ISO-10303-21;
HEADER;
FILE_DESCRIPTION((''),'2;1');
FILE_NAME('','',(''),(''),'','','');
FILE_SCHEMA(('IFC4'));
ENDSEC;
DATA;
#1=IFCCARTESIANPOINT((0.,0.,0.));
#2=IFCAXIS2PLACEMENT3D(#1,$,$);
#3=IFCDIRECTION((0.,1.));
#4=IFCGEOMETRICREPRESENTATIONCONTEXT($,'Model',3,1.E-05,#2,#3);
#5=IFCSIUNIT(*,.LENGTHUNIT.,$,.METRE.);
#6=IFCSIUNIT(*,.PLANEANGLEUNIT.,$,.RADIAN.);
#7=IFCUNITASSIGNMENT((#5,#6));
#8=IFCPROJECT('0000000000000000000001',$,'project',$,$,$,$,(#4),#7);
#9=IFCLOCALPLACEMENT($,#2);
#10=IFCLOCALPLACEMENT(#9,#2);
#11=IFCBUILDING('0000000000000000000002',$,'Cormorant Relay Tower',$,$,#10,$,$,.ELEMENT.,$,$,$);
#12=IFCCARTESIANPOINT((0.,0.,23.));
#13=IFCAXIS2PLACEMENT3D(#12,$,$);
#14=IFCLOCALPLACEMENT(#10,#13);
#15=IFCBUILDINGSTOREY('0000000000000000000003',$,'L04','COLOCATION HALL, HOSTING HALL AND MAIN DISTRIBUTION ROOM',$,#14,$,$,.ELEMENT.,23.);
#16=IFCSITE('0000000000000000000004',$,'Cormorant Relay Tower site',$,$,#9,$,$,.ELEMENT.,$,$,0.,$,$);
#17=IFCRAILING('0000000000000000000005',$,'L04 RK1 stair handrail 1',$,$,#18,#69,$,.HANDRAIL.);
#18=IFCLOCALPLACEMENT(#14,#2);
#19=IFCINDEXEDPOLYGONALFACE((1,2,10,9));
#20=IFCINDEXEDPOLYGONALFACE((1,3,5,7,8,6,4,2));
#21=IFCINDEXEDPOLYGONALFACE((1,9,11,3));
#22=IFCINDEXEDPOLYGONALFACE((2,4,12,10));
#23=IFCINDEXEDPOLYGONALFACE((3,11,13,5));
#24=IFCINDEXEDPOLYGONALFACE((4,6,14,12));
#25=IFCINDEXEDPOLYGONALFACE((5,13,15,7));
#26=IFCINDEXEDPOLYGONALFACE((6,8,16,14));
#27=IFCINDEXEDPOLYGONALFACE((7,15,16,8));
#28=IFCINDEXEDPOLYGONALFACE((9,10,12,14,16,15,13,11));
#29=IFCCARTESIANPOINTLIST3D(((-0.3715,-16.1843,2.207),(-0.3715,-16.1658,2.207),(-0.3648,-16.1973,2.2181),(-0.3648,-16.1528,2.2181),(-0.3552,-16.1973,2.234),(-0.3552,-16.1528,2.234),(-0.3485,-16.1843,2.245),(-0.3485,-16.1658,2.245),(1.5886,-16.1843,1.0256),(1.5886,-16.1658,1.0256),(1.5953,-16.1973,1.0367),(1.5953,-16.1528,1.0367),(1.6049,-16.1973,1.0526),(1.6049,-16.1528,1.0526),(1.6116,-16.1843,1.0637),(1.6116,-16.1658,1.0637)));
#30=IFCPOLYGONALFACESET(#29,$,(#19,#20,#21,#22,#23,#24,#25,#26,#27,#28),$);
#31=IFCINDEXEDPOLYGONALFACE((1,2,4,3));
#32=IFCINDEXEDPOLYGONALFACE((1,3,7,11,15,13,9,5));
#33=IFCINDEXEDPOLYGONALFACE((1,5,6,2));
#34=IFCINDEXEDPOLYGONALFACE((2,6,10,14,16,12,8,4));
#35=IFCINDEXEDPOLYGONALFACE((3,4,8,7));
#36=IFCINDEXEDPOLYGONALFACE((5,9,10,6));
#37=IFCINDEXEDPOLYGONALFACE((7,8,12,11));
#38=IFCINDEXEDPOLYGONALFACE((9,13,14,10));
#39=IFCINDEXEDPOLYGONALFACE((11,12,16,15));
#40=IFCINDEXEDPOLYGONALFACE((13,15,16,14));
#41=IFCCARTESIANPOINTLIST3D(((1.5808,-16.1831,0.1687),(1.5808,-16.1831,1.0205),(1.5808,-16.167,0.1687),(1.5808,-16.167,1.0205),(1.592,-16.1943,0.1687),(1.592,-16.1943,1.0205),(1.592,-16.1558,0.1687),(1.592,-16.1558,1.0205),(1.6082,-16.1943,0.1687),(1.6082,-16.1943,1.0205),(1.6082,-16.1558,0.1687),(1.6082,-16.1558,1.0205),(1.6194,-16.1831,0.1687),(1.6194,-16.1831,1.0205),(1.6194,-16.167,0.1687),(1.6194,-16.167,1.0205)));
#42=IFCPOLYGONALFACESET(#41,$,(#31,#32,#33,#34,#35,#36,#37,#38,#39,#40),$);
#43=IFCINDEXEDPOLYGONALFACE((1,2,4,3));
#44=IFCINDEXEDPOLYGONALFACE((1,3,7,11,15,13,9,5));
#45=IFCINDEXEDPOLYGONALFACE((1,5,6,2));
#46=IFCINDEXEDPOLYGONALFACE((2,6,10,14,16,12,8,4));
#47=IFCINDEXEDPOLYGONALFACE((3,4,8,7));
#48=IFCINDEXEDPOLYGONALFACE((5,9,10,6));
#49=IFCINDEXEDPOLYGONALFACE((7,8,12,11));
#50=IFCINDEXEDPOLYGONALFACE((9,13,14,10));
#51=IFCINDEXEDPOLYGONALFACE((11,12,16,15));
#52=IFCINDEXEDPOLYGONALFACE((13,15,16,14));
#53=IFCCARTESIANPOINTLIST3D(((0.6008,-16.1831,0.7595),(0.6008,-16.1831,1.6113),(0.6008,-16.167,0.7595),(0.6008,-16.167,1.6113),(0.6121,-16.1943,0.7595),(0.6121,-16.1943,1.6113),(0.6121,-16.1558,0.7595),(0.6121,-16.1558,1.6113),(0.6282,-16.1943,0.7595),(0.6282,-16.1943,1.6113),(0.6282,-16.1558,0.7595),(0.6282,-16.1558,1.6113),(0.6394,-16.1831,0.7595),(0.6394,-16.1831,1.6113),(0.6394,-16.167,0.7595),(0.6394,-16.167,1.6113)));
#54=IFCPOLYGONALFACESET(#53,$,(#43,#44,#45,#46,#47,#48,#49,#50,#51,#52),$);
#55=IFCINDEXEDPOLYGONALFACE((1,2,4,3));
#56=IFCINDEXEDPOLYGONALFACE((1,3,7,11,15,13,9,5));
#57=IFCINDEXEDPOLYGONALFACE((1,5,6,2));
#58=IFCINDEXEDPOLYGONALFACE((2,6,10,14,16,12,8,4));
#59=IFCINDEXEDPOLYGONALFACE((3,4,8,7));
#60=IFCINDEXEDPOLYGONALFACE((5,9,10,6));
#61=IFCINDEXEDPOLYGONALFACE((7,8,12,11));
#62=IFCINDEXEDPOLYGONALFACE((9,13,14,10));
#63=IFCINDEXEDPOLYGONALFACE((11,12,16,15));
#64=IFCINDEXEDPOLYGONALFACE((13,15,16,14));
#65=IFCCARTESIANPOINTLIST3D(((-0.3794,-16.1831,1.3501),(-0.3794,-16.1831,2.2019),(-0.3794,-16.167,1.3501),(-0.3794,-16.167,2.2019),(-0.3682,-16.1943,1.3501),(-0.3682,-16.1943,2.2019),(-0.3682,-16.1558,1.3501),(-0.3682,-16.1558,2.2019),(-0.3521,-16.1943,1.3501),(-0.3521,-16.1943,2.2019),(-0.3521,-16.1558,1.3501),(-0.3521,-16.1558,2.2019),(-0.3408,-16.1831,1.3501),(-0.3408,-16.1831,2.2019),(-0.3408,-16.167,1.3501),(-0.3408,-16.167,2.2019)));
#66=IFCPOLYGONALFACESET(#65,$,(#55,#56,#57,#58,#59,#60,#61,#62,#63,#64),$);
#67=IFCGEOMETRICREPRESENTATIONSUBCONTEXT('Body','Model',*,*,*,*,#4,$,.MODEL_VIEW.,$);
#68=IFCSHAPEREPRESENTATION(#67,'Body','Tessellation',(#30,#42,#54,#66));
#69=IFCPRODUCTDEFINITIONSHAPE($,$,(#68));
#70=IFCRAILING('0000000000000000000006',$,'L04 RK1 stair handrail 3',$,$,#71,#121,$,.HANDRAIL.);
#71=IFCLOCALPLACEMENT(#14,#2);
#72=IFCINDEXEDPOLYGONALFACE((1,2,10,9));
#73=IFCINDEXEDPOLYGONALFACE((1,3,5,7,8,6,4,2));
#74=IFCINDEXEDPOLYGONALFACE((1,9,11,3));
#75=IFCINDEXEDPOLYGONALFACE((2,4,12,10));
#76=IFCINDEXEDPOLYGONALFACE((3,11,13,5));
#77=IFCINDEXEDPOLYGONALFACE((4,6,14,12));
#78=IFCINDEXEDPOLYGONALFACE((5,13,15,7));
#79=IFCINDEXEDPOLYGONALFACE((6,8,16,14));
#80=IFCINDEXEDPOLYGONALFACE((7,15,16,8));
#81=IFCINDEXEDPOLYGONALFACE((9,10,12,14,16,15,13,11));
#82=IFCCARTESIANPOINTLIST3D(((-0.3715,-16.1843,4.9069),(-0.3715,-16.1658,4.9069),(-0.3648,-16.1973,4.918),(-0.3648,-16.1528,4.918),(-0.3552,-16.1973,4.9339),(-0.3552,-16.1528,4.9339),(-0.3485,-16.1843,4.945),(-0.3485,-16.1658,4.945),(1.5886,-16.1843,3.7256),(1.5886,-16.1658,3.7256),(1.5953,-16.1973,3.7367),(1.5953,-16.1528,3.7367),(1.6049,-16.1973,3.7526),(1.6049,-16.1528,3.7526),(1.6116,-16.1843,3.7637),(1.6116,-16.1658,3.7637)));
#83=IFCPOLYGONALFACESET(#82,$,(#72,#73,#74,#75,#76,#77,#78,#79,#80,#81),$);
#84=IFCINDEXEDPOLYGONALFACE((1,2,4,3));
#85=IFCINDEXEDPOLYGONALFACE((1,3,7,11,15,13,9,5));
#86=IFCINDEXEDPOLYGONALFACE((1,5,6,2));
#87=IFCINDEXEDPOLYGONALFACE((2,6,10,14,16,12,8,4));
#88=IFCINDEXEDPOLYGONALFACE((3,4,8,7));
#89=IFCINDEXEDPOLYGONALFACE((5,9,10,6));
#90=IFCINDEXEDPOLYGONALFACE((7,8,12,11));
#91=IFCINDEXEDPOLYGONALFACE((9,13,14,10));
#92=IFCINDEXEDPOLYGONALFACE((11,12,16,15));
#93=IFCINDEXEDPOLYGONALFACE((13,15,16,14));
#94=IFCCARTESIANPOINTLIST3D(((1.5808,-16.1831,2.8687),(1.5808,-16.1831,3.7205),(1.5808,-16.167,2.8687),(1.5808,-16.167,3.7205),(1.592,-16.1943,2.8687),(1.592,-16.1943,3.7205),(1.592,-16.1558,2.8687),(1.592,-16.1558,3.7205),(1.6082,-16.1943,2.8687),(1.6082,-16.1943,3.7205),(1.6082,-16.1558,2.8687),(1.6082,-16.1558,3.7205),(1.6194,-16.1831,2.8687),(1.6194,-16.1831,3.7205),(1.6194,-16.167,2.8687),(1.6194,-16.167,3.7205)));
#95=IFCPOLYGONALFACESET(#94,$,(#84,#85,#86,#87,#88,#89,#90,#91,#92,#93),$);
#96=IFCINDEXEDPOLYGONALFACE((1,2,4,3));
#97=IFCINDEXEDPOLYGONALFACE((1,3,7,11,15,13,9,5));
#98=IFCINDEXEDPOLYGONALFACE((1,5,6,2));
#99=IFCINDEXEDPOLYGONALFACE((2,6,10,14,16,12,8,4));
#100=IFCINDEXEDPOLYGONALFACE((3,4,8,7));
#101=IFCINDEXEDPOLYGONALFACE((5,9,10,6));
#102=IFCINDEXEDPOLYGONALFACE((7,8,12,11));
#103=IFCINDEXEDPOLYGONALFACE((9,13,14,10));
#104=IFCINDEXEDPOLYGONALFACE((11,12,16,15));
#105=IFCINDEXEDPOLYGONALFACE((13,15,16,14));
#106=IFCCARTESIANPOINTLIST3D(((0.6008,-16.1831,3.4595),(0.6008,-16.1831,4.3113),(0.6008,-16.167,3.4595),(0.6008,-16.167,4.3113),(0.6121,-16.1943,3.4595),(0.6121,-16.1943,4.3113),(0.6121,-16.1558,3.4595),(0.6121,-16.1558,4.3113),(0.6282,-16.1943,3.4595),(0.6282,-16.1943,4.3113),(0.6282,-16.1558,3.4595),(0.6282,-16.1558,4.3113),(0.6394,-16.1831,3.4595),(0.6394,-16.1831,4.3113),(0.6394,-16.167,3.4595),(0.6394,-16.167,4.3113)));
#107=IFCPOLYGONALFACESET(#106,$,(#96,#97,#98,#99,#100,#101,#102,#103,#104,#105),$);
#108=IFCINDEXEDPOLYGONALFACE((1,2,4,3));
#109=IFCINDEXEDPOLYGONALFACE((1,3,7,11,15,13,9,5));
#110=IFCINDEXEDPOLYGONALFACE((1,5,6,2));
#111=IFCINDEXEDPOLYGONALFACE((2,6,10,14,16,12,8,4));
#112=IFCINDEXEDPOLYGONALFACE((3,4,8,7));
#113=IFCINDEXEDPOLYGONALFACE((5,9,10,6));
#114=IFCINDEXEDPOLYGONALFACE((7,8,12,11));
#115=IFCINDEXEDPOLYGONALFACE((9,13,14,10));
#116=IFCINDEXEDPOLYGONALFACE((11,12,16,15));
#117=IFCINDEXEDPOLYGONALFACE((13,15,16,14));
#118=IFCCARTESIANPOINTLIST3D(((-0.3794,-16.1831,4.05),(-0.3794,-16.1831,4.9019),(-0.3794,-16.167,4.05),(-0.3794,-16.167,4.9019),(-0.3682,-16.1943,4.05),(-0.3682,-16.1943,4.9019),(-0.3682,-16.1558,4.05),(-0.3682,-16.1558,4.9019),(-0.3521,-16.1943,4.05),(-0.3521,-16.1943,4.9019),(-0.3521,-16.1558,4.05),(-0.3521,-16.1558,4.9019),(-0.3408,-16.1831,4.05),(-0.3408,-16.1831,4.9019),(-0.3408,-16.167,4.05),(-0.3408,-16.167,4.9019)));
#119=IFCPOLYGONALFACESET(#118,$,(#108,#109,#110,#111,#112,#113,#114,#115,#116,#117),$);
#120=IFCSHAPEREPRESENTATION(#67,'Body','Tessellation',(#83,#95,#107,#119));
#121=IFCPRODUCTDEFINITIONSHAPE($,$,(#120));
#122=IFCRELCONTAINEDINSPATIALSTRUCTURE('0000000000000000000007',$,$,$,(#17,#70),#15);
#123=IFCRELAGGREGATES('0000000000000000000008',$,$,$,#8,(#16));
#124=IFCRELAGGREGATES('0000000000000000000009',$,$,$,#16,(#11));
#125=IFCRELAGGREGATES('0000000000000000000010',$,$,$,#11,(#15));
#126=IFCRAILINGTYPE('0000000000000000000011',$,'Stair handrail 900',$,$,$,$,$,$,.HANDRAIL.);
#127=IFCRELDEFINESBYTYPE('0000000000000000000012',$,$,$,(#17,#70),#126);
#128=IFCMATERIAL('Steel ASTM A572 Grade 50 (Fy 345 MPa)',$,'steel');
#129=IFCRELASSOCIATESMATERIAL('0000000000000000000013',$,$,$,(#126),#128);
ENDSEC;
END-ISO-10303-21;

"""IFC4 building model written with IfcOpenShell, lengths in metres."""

from ifc_helpers import new_model, si_unit, direction, frame, origin, place, context, subcontext, project, spatial, polyline, outline, extrude, material, type_object, element, save


model = new_model("IFC4")

# Units and contexts
model_context = context("Model", 3, precision=1e-05, world=origin(), true_north=direction((0.0, 1.0)))
body_context = subcontext(model_context, "Body", "Model", "MODEL_VIEW")
ifc_project = project(units=[si_unit("LENGTHUNIT", "METRE"), si_unit("PLANEANGLEUNIT", "RADIAN")], contexts=[model_context])

# Site, building, storey
site_placement = place(None, origin())
site = spatial("IfcSite", under=ifc_project, at=site_placement, Name="Cormorant Relay Tower site", CompositionType="ELEMENT", RefElevation=0.0)
building_placement = place(site_placement, origin())
building = spatial("IfcBuilding", under=site, at=building_placement, Name="Cormorant Relay Tower", CompositionType="ELEMENT")
storey_placement = place(building_placement, frame((0.0, 0.0, 23.0)))
storey = spatial("IfcBuildingStorey", under=building, at=storey_placement, Name="L04", Description="COLOCATION HALL, HOSTING HALL AND MAIN DISTRIBUTION ROOM", CompositionType="ELEMENT", Elevation=23.0)

# Railings
ifc_material_1 = material(Name="Steel ASTM A572 Grade 50 (Fy 345 MPa)", Category="steel")
railing_type_1 = type_object("IfcRailingType", Name="Stair handrail 900", PredefinedType="HANDRAIL", material=ifc_material_1)
for number, where, name in (
    (1, (1.6001, -16.175, 0.1687), "L04 RK1 stair handrail 1"),
    (2, (1.6001, -16.175, 2.8687), "L04 RK1 stair handrail 3"),
):
    element("IfcRailing", number, at=place(storey_placement, frame(where)), inside=storey, type_object=railing_type_1, Name=name, PredefinedType="HANDRAIL", context=body_context, shape_type="SweptSolid", body=[
        extrude(outline(polyline([(0.0222, 0.0093), (0.0093, 0.0222), (-0.0093, 0.0222), (-0.0222, 0.0093), (-0.0222, -0.0093), (-0.0093, -0.0222), (0.0093, -0.0222), (0.0222, -0.0093), (0.0222, 0.0093)])), frame((0.0, 0.0, 0.876), z_axis=(-0.856475, 0.0, 0.516189), x_axis=(0.0, -1.0, 0.0)), (0.0, 0.0, 1.0), 2.2886),
        extrude(outline(polyline([(0.0193, 0.0081), (0.0081, 0.0193), (-0.0081, 0.0193), (-0.0193, 0.0081), (-0.0193, -0.0081), (-0.0081, -0.0193), (0.0081, -0.0193), (0.0193, -0.0081), (0.0193, 0.0081)])), origin(), (0.0, 0.0, 1.0), 0.8518),
        extrude(outline(polyline([(0.0193, 0.0081), (0.0081, 0.0193), (-0.0081, 0.0193), (-0.0193, 0.0081), (-0.0193, -0.0081), (-0.0081, -0.0193), (0.0081, -0.0193), (0.0193, -0.0081), (0.0193, 0.0081)])), frame((-0.98, 0.0, 0.5908)), (0.0, 0.0, 1.0), 0.8518),
        extrude(outline(polyline([(0.0193, 0.0081), (0.0081, 0.0193), (-0.0081, 0.0193), (-0.0193, 0.0081), (-0.0193, -0.0081), (-0.0081, -0.0193), (0.0081, -0.0193), (0.0193, -0.0081), (0.0193, 0.0081)])), frame((-1.9602, 0.0, 1.1814)), (0.0, 0.0, 1.0), 0.8518),
    ])

save(model, "model.ifc")
